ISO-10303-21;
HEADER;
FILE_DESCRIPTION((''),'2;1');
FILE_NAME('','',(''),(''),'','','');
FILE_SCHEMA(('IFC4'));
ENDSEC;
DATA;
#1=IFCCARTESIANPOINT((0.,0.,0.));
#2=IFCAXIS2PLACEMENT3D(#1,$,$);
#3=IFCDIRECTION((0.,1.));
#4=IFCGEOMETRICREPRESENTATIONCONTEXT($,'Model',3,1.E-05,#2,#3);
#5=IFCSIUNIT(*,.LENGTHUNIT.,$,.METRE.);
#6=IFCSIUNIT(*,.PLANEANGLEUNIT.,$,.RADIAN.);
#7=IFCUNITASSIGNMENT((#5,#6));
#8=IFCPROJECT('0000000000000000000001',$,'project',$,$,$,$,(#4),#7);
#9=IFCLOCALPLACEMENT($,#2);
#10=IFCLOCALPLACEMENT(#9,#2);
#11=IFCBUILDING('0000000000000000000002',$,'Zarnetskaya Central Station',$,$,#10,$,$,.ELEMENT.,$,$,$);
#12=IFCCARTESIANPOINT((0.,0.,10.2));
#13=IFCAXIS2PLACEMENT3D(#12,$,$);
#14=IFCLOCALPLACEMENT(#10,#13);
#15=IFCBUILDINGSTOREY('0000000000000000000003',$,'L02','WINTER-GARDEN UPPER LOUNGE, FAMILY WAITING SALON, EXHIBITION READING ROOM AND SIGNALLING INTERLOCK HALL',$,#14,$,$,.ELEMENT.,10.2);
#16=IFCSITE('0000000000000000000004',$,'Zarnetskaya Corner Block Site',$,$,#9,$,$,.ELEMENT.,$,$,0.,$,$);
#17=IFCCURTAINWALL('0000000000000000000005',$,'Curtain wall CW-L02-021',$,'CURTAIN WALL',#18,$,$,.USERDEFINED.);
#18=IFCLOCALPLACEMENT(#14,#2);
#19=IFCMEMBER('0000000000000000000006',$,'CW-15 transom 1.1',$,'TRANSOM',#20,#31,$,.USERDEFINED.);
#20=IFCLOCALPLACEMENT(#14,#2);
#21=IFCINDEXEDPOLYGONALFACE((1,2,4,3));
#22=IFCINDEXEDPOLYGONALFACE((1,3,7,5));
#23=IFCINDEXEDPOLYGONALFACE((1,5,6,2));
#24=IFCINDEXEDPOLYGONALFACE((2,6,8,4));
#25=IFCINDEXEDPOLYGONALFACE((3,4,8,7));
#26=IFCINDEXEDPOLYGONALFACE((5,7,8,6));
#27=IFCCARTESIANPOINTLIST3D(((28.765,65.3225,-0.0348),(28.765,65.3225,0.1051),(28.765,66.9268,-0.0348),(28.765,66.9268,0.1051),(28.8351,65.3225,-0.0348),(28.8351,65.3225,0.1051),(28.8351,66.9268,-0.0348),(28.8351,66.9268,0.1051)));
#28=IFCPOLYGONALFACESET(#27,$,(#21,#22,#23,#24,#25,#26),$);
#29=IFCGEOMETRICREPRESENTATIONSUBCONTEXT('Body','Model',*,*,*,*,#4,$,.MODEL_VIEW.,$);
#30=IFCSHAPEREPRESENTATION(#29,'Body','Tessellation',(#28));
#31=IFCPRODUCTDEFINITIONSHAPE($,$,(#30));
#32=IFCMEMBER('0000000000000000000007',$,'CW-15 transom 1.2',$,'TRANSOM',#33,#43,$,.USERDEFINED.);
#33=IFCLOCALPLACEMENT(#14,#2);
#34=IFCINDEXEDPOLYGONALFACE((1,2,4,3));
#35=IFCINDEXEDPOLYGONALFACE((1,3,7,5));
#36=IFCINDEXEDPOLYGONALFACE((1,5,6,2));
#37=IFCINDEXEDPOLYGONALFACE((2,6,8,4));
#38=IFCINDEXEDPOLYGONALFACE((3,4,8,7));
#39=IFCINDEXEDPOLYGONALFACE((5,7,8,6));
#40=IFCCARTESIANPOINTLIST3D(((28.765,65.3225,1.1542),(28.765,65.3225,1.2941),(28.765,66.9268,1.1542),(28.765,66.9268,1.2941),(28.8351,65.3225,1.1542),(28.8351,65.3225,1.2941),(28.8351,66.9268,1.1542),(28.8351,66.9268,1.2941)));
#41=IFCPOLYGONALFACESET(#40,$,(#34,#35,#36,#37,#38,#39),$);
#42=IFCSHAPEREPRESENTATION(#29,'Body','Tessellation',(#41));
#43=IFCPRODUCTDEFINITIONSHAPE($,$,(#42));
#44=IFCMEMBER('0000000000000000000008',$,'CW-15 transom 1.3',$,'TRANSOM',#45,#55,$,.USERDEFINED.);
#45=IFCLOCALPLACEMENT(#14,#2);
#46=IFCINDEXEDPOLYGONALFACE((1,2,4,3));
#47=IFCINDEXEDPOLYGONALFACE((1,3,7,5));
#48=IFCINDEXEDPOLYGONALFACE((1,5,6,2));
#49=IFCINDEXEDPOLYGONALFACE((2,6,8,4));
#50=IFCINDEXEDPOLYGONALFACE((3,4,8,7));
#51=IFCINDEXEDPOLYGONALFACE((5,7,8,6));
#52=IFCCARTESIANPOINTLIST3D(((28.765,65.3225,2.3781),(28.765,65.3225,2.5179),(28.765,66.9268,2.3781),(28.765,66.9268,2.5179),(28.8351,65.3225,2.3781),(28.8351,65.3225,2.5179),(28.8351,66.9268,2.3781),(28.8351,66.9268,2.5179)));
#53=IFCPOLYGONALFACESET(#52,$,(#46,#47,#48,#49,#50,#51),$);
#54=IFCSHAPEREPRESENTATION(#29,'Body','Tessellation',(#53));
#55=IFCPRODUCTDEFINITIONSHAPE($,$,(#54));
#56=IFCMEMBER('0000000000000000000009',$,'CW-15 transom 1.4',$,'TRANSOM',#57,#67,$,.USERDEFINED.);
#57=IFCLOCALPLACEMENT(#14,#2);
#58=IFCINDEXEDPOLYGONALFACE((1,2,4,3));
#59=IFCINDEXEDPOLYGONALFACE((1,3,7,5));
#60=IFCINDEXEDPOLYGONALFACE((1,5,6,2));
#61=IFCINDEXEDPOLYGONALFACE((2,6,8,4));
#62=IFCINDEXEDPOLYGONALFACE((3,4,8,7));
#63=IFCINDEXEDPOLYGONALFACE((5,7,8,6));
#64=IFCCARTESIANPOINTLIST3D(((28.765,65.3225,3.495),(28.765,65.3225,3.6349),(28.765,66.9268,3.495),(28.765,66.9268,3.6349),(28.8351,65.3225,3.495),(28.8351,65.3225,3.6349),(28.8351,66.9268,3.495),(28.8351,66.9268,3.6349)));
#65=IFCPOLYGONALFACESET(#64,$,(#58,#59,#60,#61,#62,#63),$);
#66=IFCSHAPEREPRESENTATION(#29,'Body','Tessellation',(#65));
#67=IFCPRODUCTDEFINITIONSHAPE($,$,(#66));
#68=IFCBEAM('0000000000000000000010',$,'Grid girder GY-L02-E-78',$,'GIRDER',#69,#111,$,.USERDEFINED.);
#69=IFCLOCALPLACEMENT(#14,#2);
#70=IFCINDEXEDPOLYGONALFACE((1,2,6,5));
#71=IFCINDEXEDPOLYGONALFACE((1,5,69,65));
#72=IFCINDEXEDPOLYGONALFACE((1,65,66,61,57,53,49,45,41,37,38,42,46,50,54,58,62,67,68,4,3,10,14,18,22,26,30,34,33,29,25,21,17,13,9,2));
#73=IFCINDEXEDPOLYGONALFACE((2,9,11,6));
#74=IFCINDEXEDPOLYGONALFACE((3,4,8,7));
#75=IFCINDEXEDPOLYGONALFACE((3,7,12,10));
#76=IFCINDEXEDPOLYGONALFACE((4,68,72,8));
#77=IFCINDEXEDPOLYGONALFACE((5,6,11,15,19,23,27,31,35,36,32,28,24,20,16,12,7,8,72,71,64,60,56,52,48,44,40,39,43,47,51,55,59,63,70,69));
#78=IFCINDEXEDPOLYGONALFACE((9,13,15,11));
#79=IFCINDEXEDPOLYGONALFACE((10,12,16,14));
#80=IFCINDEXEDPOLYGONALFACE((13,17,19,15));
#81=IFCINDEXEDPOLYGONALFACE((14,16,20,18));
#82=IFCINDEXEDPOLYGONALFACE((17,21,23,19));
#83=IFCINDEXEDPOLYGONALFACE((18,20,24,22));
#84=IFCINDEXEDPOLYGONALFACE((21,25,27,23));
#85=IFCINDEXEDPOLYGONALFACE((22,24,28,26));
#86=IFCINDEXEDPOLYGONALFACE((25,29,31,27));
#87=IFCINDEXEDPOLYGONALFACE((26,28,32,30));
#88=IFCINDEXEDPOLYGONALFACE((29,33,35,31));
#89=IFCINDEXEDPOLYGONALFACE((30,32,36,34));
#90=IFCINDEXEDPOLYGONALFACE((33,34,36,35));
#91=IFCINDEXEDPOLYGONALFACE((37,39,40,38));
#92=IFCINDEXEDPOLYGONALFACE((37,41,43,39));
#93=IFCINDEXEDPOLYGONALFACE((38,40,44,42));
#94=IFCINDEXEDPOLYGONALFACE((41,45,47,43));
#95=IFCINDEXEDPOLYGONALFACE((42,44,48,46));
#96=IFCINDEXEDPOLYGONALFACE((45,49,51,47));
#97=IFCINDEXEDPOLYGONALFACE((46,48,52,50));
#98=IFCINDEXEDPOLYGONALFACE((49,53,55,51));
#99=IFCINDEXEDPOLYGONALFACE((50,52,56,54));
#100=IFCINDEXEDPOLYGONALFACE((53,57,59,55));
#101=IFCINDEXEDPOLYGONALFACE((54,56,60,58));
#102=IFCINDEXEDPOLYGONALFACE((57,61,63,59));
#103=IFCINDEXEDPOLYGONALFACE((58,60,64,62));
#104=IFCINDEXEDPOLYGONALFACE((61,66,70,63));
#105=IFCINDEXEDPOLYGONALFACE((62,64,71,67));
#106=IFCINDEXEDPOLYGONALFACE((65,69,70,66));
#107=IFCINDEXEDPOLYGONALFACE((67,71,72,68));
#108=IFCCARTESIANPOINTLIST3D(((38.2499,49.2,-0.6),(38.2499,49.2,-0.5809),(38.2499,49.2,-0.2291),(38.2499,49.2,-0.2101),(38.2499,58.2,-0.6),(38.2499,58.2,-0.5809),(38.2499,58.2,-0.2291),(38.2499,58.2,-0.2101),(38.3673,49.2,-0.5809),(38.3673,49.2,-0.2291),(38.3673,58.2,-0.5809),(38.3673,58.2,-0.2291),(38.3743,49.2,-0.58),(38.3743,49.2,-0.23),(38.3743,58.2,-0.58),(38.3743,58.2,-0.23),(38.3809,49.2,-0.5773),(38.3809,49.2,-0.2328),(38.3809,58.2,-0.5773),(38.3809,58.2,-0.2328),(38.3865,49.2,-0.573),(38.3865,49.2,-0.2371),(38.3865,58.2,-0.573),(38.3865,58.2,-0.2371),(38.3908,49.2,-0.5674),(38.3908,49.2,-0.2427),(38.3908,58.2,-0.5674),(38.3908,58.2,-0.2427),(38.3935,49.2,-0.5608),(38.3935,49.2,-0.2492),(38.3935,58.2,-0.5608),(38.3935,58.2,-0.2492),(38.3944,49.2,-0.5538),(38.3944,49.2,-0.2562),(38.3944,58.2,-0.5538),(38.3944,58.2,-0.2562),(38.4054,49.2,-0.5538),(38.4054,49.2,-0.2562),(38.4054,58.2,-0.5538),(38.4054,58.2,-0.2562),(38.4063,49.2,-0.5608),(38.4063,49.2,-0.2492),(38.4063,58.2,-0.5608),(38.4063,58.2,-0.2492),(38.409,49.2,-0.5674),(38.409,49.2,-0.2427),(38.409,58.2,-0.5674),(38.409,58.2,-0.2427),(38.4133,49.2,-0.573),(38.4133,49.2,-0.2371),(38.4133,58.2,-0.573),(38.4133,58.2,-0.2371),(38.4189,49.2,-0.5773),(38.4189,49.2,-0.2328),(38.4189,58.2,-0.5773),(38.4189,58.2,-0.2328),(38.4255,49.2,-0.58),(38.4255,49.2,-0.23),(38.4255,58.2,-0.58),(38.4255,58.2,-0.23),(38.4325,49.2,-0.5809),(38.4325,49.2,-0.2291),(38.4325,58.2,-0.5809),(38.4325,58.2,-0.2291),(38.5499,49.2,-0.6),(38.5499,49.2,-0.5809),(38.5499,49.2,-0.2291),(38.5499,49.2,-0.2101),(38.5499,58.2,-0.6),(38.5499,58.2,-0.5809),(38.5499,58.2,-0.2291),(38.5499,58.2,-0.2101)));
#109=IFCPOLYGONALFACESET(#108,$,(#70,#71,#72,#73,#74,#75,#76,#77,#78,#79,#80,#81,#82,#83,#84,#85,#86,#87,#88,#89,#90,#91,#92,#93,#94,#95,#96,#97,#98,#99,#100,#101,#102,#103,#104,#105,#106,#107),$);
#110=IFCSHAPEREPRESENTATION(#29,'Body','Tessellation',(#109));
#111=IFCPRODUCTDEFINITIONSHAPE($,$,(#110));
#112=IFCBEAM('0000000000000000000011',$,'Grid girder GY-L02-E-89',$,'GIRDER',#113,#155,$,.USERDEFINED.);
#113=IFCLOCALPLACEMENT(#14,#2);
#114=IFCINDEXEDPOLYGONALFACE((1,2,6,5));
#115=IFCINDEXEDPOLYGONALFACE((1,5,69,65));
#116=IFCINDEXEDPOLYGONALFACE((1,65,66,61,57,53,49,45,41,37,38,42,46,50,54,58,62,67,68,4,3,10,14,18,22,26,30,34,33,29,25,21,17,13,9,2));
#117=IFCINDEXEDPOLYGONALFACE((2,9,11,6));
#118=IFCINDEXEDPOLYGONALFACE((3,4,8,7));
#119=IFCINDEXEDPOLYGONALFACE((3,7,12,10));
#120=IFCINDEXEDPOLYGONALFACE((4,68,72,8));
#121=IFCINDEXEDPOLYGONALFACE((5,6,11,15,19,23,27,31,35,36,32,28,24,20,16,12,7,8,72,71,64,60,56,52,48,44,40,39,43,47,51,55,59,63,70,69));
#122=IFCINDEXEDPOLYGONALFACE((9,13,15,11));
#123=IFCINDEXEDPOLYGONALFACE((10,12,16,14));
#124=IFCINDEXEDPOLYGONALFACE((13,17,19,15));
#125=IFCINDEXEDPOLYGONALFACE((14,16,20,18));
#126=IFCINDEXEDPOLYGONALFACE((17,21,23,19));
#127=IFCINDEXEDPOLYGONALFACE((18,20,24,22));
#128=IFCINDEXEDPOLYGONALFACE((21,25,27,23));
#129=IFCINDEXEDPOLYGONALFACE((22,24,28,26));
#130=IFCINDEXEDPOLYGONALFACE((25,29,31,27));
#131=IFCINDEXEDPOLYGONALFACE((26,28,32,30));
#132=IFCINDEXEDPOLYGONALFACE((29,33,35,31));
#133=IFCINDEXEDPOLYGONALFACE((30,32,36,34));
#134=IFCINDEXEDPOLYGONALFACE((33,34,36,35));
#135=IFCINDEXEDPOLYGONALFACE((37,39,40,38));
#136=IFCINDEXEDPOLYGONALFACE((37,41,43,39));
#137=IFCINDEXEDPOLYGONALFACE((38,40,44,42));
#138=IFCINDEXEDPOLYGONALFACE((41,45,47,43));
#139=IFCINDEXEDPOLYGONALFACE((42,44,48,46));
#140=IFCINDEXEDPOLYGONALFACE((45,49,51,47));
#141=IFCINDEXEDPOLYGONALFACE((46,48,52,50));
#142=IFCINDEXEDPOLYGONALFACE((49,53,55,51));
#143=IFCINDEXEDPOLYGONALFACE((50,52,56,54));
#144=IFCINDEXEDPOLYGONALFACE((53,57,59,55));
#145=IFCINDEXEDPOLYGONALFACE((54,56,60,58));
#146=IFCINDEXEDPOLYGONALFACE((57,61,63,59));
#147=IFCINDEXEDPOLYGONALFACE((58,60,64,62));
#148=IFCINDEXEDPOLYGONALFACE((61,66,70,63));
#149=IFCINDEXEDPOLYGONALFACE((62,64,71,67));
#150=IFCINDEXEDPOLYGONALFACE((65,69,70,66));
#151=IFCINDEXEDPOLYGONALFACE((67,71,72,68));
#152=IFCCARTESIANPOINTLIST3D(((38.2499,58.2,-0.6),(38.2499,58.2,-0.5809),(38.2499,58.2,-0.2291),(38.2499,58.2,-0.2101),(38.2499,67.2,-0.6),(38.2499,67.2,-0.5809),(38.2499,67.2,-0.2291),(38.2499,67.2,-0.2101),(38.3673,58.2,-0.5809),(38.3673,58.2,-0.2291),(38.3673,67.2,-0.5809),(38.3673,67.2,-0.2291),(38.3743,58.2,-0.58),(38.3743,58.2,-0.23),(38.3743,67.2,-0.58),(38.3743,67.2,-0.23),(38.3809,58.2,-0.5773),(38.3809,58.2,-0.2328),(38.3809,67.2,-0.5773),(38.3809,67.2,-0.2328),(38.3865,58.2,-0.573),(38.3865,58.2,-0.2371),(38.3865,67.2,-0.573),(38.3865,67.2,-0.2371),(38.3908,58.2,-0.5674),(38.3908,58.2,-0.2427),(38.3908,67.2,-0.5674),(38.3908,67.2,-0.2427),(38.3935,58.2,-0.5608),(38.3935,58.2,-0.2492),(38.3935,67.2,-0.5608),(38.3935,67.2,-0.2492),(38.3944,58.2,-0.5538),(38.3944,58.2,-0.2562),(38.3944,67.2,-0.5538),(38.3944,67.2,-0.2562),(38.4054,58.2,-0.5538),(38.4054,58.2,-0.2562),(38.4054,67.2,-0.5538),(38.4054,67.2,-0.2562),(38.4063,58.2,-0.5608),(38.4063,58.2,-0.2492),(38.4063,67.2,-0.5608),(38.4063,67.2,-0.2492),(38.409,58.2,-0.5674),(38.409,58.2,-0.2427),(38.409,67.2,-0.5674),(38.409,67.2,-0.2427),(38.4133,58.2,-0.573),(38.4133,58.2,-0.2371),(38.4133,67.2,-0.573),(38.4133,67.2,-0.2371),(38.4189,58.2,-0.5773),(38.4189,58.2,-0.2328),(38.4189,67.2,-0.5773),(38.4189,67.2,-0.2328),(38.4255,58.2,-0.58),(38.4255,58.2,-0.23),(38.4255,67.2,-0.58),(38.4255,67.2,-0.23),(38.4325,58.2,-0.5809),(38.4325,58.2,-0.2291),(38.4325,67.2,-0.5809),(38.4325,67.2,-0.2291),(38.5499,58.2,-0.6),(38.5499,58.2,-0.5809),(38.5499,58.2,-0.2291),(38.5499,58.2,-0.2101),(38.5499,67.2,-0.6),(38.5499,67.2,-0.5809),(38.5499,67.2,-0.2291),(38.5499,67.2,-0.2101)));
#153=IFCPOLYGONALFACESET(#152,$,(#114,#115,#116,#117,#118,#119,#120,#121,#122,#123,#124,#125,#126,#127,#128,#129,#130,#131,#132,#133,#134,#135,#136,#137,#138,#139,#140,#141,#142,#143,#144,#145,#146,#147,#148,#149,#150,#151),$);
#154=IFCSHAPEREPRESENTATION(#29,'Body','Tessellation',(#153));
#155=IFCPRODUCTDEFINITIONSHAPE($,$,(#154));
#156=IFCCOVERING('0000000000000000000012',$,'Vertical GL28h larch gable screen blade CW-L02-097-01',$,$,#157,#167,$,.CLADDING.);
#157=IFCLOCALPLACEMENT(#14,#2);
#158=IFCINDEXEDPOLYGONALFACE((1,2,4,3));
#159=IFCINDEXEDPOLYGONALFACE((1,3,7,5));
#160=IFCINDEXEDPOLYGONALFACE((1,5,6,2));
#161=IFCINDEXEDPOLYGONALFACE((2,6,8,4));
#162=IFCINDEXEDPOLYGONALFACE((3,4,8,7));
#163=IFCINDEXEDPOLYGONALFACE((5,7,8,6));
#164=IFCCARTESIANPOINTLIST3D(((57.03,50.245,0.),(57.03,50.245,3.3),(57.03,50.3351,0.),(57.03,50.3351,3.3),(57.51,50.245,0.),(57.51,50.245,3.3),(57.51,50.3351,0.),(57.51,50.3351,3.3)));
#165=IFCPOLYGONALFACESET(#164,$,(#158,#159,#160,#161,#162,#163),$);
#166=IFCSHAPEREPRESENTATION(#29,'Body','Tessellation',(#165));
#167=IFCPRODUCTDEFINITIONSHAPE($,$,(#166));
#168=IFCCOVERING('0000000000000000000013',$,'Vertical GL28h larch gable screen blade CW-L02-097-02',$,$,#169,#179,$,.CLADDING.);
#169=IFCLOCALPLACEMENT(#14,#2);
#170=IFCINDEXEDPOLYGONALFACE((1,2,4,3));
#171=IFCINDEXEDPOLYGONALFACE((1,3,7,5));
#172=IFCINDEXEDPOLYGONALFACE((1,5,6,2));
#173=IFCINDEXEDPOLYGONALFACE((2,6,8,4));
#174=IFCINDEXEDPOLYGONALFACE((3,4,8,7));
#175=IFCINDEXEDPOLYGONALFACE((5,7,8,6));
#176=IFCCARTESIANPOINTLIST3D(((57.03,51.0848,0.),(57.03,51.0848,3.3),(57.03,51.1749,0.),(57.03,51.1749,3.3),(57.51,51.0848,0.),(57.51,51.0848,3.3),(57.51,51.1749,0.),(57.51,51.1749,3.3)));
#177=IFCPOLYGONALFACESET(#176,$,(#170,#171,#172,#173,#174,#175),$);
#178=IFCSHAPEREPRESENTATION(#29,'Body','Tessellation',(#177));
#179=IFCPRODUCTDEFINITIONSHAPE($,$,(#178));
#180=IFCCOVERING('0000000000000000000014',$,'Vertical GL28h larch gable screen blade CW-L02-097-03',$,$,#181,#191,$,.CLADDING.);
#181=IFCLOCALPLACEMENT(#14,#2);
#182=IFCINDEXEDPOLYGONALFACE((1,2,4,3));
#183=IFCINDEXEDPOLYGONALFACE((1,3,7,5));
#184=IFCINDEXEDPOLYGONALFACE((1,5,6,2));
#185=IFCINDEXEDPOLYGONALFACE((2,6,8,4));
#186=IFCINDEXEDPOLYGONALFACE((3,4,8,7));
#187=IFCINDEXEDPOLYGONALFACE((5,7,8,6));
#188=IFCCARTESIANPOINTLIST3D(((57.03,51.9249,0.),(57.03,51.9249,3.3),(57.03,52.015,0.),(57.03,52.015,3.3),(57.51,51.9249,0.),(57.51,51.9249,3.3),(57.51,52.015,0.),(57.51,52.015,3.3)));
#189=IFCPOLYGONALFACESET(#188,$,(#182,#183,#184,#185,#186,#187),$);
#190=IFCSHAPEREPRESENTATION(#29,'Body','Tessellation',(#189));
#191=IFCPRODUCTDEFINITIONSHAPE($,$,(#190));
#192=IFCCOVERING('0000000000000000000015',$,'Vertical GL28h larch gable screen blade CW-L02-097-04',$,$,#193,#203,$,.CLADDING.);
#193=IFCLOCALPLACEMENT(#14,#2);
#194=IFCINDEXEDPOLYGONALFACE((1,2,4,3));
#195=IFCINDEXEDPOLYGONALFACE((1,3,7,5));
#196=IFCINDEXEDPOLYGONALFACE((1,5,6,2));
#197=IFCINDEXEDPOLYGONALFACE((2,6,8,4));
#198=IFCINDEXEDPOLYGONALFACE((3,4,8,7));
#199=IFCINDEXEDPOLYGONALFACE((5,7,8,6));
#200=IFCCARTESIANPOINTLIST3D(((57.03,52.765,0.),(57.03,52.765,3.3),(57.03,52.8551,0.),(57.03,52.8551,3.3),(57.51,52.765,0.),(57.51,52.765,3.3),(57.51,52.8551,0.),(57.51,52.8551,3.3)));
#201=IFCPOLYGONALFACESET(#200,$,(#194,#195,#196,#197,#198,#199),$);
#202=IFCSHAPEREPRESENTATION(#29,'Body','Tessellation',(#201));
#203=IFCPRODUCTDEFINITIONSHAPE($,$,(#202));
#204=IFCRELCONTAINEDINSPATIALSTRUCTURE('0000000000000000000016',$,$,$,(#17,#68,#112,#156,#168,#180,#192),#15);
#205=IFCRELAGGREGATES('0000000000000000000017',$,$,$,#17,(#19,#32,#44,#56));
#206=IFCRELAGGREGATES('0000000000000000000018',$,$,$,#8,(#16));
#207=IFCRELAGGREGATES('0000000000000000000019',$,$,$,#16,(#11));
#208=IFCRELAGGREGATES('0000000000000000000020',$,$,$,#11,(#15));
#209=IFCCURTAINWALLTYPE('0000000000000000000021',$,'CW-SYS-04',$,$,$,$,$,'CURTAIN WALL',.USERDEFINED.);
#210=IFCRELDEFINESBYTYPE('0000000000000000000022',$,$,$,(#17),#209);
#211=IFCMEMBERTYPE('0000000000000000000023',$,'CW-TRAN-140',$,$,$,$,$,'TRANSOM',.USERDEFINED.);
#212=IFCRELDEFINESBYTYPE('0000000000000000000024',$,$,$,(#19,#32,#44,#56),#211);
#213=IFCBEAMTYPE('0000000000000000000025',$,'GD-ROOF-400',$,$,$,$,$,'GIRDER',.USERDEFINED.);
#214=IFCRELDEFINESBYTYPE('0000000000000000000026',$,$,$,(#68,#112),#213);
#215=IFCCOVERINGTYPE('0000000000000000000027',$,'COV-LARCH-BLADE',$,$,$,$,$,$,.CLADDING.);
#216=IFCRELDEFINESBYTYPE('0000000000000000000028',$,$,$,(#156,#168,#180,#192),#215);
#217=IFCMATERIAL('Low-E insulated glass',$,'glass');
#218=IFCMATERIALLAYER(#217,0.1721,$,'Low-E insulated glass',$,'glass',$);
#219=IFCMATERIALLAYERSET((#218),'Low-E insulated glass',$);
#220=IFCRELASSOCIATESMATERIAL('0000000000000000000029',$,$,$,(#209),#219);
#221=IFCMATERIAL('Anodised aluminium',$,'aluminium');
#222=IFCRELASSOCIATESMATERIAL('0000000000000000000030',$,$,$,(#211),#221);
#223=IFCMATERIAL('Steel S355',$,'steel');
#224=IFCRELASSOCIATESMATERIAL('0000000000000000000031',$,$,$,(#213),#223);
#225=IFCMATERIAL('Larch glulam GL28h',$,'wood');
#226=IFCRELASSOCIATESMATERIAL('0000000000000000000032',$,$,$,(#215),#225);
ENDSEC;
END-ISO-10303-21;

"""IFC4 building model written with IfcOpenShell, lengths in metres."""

from ifc_helpers import new_model, si_unit, direction, frame, origin, origin_2d, place, context, subcontext, project, spatial, rectangle, i_section, extrude, material, layer, layer_set, material_profile, profile_set, type_object, element, aggregate, save


model = new_model("IFC4")

# Units and contexts
model_context = context("Model", 3, precision=1e-05, world=origin(), true_north=direction((0.0, 1.0)))
body_context = subcontext(model_context, "Body", "Model", "MODEL_VIEW")
ifc_project = project(units=[si_unit("LENGTHUNIT", "METRE"), si_unit("PLANEANGLEUNIT", "RADIAN")], contexts=[model_context])

# Site, building, storey
site_placement = place(None, origin())
site = spatial("IfcSite", under=ifc_project, at=site_placement, Name="Zarnetskaya Corner Block Site", CompositionType="ELEMENT", RefElevation=0.0)
building_placement = place(site_placement, origin())
building = spatial("IfcBuilding", under=site, at=building_placement, Name="Zarnetskaya Central Station", CompositionType="ELEMENT")
storey_placement = place(building_placement, frame((0.0, 0.0, 10.2)))
storey = spatial("IfcBuildingStorey", under=building, at=storey_placement, Name="L02", Description="WINTER-GARDEN UPPER LOUNGE, FAMILY WAITING SALON, EXHIBITION READING ROOM AND SIGNALLING INTERLOCK HALL", CompositionType="ELEMENT", Elevation=10.2)

# Shared definitions
ifc_material_1 = material(Name="Steel S355", Category="steel")

# Curtain wall, members
ifc_material_2 = material(Name="Low-E insulated glass", Category="glass")
ifc_layer = layer(ifc_material_2, 0.1721, Name="Low-E insulated glass", Category="glass")
ifc_layer_set = layer_set([ifc_layer], Name="Low-E insulated glass")
curtain_wall_type = type_object("IfcCurtainWallType", Name="CW-SYS-04", ElementType="CURTAIN WALL", PredefinedType="USERDEFINED", material=ifc_layer_set)
curtain_wall_placement = place(storey_placement, origin())
curtain_wall = element("IfcCurtainWall", 1, at=curtain_wall_placement, inside=storey, type_object=curtain_wall_type, Name="Curtain wall CW-L02-021", ObjectType="CURTAIN WALL", PredefinedType="USERDEFINED")
ifc_material_3 = material(Name="Anodised aluminium", Category="aluminium")
ifc_material_profile_1 = material_profile(ifc_material_3, rectangle(XDim=0.0701, YDim=0.1399, at=origin_2d()), Name="ALU TRAN 70x140")
ifc_profile_set_1 = profile_set([ifc_material_profile_1], Name="Anodised aluminium")
member_type_1 = type_object("IfcMemberType", Name="CW-TRAN-140", ElementType="TRANSOM", PredefinedType="USERDEFINED", material=ifc_profile_set_1)
member_1_placement = place(storey_placement, frame((28.8, 66.9268, 0.0352), z_axis=(0.0, -1.0, 0.0), x_axis=(1.0, 0.0, 0.0)))
member_1 = element("IfcMember", 2, at=member_1_placement, type_object=member_type_1, Name="CW-15 transom 1.1", ObjectType="TRANSOM", PredefinedType="USERDEFINED", context=body_context, shape_type="SweptSolid", body=[
    extrude(rectangle(XDim=0.0701, YDim=0.1399, at=origin_2d()), origin(), (0.0, 0.0, 1.0), 1.6042),
])
member_2_placement = place(storey_placement, frame((28.8, 66.9268, 1.2241), z_axis=(0.0, -1.0, 0.0), x_axis=(1.0, 0.0, 0.0)))
member_2 = element("IfcMember", 3, at=member_2_placement, type_object=member_type_1, Name="CW-15 transom 1.2", ObjectType="TRANSOM", PredefinedType="USERDEFINED", context=body_context, shape_type="SweptSolid", body=[
    extrude(rectangle(XDim=0.0701, YDim=0.1399, at=origin_2d()), origin(), (0.0, 0.0, 1.0), 1.6042),
])
member_3_placement = place(storey_placement, frame((28.8, 66.9268, 2.448), z_axis=(0.0, -1.0, 0.0), x_axis=(1.0, 0.0, 0.0)))
member_3 = element("IfcMember", 4, at=member_3_placement, type_object=member_type_1, Name="CW-15 transom 1.3", ObjectType="TRANSOM", PredefinedType="USERDEFINED", context=body_context, shape_type="SweptSolid", body=[
    extrude(rectangle(XDim=0.0701, YDim=0.1399, at=origin_2d()), origin(), (0.0, 0.0, 1.0), 1.6042),
])
member_4_placement = place(storey_placement, frame((28.8, 66.9268, 3.5649), z_axis=(0.0, -1.0, 0.0), x_axis=(1.0, 0.0, 0.0)))
member_4 = element("IfcMember", 5, at=member_4_placement, type_object=member_type_1, Name="CW-15 transom 1.4", ObjectType="TRANSOM", PredefinedType="USERDEFINED", context=body_context, shape_type="SweptSolid", body=[
    extrude(rectangle(XDim=0.0701, YDim=0.1399, at=origin_2d()), origin(), (0.0, 0.0, 1.0), 1.6042),
])
aggregate(curtain_wall, [member_1, member_2, member_3, member_4])

# Beams
ifc_material_profile_2 = material_profile(ifc_material_1, i_section(OverallWidth=0.3, OverallDepth=0.3899, WebThickness=0.011, FlangeThickness=0.019, FilletRadius=0.0271, at=origin_2d()), Name="HEA 400")
ifc_profile_set_2 = profile_set([ifc_material_profile_2], Name="Steel S355")
beam_type_1 = type_object("IfcBeamType", Name="GD-ROOF-400", ElementType="GIRDER", PredefinedType="USERDEFINED", material=ifc_profile_set_2)
for number, where, z_axis, x_axis, name in (
    (6, (38.3999, 49.2, -0.405), (0.0, 1.0, 0.0), (-1.0, 0.0, 0.0), "Grid girder GY-L02-E-78"),
    (7, (38.3999, 58.2, -0.405), (0.0, 1.0, 0.0), (-1.0, 0.0, 0.0), "Grid girder GY-L02-E-89"),
):
    element("IfcBeam", number, at=place(storey_placement, frame(where, z_axis=z_axis, x_axis=x_axis)), inside=storey, type_object=beam_type_1, Name=name, ObjectType="GIRDER", PredefinedType="USERDEFINED", context=body_context, shape_type="SweptSolid", body=[
        extrude(i_section(OverallWidth=0.3, OverallDepth=0.3899, WebThickness=0.011, FlangeThickness=0.019, FilletRadius=0.0271, at=origin_2d()), origin(), (0.0, 0.0, 1.0), 9.0),
    ])

# Coverings
ifc_material_4 = material(Name="Larch glulam GL28h", Category="wood")
covering_type = type_object("IfcCoveringType", Name="COV-LARCH-BLADE", PredefinedType="CLADDING", material=ifc_material_4)
for number, where, z_axis, x_axis, name in (
    (8, (57.27, 50.29, 0.0), (0.0, 0.0, 1.0), (0.0, 1.0, 0.0), "Vertical GL28h larch gable screen blade CW-L02-097-01"),
    (9, (57.27, 51.1299, 0.0), (0.0, 0.0, 1.0), (0.0, 1.0, 0.0), "Vertical GL28h larch gable screen blade CW-L02-097-02"),
    (10, (57.27, 51.97, 0.0), (0.0, 0.0, 1.0), (0.0, 1.0, 0.0), "Vertical GL28h larch gable screen blade CW-L02-097-03"),
    (11, (57.27, 52.8101, 0.0), (0.0, 0.0, 1.0), (0.0, 1.0, 0.0), "Vertical GL28h larch gable screen blade CW-L02-097-04"),
):
    element("IfcCovering", number, at=place(storey_placement, frame(where, z_axis=z_axis, x_axis=x_axis)), inside=storey, type_object=covering_type, Name=name, PredefinedType="CLADDING", context=body_context, shape_type="SweptSolid", body=[
        extrude(rectangle(XDim=0.0901, YDim=0.48, at=origin_2d()), origin(), (0.0, 0.0, 1.0), 3.3),
    ])

save(model, "model.ifc")
